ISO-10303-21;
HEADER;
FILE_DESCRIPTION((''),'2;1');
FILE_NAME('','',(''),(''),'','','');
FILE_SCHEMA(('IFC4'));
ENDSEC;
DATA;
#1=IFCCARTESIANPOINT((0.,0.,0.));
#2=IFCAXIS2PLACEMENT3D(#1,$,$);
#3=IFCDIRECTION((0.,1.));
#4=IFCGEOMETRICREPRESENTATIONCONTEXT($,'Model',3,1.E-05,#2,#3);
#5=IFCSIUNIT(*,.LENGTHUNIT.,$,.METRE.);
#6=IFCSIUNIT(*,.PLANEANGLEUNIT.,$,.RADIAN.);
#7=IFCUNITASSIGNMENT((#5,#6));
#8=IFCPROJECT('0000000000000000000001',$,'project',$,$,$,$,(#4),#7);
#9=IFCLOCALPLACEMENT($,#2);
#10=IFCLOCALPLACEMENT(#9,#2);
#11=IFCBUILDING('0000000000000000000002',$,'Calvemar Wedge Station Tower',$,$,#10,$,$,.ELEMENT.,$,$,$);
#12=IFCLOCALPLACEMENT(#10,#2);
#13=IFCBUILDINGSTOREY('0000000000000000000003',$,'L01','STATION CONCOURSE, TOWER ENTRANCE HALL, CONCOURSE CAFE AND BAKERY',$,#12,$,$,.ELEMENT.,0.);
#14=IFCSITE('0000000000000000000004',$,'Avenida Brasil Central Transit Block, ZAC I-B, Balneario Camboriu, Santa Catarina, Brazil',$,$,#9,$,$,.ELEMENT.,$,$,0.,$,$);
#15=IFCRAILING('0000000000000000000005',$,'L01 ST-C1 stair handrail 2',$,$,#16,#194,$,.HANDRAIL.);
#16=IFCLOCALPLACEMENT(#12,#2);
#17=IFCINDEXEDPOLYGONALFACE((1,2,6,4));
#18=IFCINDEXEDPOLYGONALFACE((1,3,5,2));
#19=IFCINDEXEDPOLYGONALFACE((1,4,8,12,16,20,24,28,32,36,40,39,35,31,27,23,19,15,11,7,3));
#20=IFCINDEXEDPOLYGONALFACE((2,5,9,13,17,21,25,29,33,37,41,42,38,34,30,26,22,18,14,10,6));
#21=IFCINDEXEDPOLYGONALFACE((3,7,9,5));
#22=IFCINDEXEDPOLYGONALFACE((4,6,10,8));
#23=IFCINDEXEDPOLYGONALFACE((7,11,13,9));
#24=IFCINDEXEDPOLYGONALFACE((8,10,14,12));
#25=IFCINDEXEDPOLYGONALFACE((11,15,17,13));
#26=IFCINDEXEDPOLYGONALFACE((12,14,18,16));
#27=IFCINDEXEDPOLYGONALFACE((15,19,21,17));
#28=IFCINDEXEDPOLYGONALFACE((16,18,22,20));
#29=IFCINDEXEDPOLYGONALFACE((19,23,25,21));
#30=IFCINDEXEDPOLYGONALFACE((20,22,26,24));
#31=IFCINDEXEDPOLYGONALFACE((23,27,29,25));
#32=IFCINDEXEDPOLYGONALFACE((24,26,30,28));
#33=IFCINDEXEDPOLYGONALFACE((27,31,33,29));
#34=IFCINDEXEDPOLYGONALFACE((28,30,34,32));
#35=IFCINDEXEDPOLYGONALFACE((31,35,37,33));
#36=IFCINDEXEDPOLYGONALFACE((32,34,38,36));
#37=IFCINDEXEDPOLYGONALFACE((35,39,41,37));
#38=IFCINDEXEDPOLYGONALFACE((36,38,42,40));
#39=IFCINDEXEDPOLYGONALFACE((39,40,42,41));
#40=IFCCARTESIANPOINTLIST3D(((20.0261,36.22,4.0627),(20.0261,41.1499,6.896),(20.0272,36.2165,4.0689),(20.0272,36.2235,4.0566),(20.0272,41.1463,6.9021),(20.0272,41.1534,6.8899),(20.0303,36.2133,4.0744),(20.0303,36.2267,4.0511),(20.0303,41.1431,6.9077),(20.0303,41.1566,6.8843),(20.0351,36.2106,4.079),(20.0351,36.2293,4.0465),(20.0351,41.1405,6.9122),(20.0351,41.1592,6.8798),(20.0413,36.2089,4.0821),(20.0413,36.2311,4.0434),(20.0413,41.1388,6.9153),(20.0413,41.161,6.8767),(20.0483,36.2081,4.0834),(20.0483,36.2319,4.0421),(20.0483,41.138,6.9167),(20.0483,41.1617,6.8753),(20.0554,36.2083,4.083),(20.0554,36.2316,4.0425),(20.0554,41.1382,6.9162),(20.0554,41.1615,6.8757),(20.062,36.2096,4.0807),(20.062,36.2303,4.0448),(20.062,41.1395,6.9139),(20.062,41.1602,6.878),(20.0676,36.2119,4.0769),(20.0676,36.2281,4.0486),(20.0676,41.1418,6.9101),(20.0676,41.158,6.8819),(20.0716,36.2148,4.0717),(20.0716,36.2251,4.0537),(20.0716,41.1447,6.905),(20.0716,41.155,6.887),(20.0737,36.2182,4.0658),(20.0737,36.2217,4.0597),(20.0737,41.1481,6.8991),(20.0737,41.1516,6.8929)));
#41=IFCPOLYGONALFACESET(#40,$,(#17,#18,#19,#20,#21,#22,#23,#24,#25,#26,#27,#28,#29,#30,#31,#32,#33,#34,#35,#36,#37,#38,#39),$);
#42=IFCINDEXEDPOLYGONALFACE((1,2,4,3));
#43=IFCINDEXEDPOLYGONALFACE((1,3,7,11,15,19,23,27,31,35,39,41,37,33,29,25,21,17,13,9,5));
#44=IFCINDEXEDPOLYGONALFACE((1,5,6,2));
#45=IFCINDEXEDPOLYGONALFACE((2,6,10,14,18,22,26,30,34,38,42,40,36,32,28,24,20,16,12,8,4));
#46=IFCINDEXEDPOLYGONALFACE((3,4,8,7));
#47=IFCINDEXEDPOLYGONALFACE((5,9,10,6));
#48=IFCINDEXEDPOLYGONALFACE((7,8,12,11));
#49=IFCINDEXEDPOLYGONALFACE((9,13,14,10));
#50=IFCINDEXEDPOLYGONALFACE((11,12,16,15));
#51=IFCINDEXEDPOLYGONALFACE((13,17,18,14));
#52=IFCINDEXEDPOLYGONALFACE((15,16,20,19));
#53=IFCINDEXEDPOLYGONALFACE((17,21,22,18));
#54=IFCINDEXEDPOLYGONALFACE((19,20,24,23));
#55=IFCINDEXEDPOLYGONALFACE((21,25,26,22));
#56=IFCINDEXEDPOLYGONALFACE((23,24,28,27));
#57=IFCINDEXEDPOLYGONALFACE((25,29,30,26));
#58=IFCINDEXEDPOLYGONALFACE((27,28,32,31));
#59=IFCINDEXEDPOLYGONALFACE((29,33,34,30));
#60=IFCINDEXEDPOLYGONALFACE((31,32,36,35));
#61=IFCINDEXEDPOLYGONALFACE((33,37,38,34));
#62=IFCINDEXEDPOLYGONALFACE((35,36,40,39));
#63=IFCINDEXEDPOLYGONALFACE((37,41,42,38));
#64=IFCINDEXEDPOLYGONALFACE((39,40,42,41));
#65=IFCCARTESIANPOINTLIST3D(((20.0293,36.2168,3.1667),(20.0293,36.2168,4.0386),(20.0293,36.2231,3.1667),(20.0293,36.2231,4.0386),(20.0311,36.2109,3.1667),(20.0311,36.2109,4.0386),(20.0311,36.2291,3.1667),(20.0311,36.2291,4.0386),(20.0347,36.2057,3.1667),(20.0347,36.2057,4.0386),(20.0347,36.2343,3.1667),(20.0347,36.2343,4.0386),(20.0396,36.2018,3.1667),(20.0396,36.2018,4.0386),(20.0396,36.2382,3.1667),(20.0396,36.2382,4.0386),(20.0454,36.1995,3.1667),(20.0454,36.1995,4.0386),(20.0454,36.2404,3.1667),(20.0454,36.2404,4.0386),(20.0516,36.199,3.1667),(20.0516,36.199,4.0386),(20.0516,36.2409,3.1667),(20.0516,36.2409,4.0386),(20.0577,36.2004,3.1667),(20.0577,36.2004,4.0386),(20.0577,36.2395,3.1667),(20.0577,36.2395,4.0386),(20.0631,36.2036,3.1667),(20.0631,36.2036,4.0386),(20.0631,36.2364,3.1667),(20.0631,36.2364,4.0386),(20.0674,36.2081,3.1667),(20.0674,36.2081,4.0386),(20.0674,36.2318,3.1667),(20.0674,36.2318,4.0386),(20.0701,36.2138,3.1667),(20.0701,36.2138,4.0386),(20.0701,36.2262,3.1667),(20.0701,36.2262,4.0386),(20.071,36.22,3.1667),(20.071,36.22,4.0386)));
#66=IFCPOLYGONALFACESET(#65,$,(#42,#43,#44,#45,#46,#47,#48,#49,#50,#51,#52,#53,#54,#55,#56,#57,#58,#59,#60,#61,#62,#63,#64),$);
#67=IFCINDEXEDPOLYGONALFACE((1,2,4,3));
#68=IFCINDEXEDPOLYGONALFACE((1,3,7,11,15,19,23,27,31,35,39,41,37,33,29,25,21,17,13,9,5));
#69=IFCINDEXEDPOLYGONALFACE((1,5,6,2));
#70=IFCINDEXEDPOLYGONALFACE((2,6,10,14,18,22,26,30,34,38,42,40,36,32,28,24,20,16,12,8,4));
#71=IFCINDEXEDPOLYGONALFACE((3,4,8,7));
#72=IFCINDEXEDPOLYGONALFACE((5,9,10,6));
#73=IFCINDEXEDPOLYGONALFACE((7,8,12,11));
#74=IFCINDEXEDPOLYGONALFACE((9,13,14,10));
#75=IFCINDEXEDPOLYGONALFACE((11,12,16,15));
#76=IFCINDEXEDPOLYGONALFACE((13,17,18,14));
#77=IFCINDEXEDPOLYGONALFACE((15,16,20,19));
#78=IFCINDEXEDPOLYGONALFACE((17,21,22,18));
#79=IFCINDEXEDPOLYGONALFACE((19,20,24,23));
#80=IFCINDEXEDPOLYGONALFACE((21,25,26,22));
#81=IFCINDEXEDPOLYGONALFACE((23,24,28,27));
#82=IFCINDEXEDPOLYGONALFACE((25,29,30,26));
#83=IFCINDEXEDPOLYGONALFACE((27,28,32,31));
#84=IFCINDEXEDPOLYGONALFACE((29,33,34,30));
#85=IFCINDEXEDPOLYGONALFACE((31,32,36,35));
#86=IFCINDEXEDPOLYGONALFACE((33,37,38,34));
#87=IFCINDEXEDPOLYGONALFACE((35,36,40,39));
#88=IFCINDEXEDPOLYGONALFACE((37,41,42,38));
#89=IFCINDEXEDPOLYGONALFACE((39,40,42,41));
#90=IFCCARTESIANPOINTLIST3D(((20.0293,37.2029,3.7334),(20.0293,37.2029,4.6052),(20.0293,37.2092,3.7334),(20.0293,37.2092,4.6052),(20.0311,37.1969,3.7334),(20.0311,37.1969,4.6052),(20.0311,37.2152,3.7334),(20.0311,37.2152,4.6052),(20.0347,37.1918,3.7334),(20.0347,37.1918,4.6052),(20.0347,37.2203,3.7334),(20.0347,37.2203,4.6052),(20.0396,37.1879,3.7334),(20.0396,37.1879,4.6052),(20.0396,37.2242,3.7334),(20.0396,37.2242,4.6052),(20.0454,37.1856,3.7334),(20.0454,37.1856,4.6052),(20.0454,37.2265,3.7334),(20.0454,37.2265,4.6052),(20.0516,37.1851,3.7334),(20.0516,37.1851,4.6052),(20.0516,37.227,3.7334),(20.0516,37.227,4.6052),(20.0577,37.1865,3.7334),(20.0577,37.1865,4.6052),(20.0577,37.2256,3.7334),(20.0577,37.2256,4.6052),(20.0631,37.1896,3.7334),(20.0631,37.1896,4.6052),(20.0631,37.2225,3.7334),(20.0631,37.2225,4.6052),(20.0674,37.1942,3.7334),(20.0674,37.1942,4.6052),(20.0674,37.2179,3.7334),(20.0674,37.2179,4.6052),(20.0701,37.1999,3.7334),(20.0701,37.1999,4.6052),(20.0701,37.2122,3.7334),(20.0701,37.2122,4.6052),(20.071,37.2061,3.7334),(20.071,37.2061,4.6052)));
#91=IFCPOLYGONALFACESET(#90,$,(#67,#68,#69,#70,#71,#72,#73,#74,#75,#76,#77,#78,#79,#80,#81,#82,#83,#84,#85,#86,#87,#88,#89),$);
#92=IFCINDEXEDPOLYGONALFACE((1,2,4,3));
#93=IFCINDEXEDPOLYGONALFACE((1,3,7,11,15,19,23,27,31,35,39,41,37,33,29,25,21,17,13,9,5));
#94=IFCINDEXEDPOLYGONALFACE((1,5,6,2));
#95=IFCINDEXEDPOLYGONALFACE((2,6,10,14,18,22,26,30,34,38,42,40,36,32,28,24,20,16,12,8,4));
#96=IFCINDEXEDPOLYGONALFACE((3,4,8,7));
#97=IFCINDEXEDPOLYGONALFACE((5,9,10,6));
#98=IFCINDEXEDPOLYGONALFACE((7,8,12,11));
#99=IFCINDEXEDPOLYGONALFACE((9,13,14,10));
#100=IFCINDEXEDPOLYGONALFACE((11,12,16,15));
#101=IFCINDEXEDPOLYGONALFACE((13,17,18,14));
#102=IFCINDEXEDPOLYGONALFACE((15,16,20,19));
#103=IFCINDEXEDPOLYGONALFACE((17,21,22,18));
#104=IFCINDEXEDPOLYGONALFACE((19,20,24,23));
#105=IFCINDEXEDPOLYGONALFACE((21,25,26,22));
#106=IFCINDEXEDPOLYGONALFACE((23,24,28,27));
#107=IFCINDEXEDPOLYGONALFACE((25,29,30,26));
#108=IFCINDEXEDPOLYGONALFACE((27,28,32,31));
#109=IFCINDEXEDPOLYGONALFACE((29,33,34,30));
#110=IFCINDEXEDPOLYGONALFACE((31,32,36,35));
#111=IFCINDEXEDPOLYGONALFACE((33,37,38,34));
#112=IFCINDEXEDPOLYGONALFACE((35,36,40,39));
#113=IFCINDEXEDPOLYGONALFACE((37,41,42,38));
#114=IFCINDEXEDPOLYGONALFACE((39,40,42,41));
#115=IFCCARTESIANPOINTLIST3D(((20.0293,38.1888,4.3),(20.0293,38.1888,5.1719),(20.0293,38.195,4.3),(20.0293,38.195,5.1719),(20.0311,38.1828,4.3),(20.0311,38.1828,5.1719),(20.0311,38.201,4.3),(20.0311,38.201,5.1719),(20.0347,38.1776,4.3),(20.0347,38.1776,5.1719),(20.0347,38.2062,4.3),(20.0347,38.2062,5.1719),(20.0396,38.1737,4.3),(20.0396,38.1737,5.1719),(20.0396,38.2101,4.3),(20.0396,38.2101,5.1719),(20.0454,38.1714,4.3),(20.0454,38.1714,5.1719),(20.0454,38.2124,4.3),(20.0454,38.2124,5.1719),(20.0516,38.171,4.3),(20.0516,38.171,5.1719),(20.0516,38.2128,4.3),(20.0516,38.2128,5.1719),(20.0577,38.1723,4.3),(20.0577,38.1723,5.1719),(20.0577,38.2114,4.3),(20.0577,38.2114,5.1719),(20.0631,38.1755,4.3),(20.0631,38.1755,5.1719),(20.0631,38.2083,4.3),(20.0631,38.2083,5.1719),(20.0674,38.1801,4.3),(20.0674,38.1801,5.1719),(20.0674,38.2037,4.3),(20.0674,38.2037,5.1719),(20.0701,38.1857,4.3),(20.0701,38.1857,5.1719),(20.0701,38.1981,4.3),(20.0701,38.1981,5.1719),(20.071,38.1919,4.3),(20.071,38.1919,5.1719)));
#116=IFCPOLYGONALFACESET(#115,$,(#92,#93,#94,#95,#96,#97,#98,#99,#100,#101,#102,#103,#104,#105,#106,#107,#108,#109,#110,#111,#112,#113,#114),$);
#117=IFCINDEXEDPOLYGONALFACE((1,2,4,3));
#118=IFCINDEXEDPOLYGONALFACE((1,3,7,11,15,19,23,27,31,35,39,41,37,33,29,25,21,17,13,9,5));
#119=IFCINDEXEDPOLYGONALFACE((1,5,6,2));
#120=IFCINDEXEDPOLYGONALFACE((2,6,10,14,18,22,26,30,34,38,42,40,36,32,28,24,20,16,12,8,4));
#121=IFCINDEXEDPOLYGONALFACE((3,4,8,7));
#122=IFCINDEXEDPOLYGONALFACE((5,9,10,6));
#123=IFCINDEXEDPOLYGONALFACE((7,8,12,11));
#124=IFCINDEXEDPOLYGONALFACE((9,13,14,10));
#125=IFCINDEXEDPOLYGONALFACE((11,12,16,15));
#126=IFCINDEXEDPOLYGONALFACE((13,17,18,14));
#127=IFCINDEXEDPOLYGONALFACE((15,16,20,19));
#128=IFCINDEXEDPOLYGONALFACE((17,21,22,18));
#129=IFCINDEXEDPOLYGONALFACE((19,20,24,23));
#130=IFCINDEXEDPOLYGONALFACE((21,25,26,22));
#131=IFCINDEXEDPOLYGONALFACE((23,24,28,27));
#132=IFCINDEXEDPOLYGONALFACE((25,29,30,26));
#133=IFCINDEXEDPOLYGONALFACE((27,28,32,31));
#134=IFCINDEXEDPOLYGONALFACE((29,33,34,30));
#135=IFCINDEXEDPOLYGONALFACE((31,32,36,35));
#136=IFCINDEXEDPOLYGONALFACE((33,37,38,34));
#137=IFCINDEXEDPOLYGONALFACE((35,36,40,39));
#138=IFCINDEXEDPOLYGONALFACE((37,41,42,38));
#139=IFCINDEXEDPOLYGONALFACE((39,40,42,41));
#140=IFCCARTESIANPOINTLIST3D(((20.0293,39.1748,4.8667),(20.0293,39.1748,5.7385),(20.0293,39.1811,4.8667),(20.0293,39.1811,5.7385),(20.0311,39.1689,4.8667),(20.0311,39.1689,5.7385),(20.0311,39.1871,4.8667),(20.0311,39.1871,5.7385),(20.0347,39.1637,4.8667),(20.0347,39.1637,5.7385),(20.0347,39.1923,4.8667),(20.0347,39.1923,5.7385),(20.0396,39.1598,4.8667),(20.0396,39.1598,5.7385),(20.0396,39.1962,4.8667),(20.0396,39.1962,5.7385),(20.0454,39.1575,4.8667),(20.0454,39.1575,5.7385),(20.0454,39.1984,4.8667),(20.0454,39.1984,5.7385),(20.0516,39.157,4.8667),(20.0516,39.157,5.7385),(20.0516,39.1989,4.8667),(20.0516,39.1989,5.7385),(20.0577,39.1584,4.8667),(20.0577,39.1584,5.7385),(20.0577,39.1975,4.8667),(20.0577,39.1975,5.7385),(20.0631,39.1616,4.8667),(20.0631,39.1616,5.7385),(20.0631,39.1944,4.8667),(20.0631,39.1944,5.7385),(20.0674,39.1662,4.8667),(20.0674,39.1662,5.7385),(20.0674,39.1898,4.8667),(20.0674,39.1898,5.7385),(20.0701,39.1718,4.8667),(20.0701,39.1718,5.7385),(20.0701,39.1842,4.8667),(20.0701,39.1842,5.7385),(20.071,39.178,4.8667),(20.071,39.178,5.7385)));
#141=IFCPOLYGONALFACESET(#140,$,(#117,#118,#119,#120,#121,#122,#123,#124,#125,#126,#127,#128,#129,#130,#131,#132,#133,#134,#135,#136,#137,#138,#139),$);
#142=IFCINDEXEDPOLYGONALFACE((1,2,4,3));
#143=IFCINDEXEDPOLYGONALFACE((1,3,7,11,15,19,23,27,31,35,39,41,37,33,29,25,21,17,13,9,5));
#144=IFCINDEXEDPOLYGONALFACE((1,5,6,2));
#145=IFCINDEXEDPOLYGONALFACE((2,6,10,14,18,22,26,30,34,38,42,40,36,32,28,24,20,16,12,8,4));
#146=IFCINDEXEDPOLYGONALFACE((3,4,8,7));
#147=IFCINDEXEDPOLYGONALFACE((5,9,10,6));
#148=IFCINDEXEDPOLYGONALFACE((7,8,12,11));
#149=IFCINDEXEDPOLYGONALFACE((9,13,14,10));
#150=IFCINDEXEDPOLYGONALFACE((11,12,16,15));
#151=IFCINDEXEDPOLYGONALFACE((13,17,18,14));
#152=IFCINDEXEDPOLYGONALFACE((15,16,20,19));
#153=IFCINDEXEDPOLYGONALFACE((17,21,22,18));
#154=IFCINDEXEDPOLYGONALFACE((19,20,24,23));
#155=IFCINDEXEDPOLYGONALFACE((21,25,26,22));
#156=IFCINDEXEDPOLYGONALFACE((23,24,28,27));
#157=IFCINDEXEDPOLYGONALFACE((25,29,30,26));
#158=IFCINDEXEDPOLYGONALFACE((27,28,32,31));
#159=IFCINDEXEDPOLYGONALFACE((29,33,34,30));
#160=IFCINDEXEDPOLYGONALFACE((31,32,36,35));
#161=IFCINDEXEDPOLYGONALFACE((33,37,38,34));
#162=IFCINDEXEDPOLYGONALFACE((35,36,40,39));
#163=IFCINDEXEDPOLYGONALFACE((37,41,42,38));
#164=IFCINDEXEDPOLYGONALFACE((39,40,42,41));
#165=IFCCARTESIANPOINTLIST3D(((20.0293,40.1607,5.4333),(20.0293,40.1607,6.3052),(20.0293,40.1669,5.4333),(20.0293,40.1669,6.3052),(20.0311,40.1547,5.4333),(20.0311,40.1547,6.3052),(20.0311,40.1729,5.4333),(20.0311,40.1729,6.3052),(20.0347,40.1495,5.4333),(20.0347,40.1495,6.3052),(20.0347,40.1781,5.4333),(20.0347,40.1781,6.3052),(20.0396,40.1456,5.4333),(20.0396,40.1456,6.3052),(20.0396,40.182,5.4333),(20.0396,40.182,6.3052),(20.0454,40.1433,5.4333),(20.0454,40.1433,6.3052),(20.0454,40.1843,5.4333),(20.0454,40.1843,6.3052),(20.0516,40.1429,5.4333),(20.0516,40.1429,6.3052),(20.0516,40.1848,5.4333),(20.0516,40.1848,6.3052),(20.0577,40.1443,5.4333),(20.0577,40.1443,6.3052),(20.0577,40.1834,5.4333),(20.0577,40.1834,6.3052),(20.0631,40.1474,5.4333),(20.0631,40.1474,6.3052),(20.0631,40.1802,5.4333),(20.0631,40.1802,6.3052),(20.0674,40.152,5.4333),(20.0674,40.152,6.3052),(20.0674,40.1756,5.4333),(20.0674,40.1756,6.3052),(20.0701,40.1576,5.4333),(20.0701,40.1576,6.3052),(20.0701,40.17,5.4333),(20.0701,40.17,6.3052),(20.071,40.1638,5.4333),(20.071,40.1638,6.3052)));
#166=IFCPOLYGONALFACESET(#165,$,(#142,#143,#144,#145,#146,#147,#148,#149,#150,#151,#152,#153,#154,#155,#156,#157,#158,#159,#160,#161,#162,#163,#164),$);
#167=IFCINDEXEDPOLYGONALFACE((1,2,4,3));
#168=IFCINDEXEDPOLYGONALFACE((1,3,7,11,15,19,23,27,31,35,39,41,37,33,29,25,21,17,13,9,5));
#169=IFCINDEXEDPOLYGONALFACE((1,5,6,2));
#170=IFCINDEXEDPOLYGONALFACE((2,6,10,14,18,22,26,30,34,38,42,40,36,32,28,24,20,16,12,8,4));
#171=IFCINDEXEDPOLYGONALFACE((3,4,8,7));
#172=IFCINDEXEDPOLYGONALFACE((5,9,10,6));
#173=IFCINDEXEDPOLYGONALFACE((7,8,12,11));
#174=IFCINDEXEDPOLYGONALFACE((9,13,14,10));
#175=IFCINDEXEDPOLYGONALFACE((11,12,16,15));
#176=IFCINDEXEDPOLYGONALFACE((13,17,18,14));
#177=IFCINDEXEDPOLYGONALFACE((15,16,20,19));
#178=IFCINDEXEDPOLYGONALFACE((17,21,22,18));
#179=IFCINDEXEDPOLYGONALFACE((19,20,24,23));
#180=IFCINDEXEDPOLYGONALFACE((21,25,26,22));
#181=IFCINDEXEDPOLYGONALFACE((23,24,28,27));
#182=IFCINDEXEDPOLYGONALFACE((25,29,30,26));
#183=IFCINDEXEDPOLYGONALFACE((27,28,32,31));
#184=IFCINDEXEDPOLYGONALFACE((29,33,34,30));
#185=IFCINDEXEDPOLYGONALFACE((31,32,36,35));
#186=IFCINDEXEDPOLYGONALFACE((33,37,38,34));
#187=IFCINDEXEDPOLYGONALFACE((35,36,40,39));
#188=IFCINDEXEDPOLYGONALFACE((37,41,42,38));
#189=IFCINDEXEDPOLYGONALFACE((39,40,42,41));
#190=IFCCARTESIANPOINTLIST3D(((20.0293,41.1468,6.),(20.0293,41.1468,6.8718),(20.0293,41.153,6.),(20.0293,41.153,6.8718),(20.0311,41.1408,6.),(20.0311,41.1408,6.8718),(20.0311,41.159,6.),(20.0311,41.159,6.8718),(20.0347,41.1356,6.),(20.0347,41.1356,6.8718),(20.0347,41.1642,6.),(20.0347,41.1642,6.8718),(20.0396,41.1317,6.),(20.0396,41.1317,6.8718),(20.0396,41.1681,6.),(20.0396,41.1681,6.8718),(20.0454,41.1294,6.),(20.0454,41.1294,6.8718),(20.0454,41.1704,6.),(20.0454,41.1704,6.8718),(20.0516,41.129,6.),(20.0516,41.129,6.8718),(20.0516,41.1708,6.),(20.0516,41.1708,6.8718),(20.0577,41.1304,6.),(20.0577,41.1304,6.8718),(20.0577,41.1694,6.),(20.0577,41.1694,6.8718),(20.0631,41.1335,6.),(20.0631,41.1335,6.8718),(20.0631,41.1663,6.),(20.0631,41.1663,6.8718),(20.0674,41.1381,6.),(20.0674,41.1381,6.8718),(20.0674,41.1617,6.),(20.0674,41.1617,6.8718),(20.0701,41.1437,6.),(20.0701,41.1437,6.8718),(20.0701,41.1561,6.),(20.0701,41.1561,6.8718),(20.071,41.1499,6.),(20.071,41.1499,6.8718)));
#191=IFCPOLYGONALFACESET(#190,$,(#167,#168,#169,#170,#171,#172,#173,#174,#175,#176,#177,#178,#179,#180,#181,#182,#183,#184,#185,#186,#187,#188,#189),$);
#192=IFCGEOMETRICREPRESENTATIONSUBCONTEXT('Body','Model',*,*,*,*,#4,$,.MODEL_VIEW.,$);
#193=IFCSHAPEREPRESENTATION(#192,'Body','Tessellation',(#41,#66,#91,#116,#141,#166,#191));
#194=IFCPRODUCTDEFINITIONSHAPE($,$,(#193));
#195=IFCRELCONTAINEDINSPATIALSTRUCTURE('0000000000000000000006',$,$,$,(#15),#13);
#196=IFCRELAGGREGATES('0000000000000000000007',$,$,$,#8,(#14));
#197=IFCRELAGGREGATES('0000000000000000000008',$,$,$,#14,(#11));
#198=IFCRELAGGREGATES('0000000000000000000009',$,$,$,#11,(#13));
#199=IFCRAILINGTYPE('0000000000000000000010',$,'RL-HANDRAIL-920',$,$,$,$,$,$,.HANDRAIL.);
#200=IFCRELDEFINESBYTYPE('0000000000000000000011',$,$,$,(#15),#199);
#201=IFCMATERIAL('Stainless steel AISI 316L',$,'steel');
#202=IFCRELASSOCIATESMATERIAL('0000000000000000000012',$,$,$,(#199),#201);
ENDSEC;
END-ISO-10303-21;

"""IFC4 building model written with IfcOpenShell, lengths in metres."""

from ifc_helpers import new_model, si_unit, direction, frame, origin, origin_2d, place, context, subcontext, project, spatial, circle, extrude, material, type_object, element, save


model = new_model("IFC4")

# Units and contexts
model_context = context("Model", 3, precision=1e-05, world=origin(), true_north=direction((0.0, 1.0)))
body_context = subcontext(model_context, "Body", "Model", "MODEL_VIEW")
ifc_project = project(units=[si_unit("LENGTHUNIT", "METRE"), si_unit("PLANEANGLEUNIT", "RADIAN")], contexts=[model_context])

# Site, building, storey
site_placement = place(None, origin())
site = spatial("IfcSite", under=ifc_project, at=site_placement, Name="Avenida Brasil Central Transit Block, ZAC I-B, Balneario Camboriu, Santa Catarina, Brazil", CompositionType="ELEMENT", RefElevation=0.0)
building_placement = place(site_placement, origin())
building = spatial("IfcBuilding", under=site, at=building_placement, Name="Calvemar Wedge Station Tower", CompositionType="ELEMENT")
storey_placement = place(building_placement, origin())
storey = spatial("IfcBuildingStorey", under=building, at=storey_placement, Name="L01", Description="STATION CONCOURSE, TOWER ENTRANCE HALL, CONCOURSE CAFE AND BAKERY", CompositionType="ELEMENT", Elevation=0.0)

# Railing
ifc_material_1 = material(Name="Stainless steel AISI 316L", Category="steel")
railing_type_1 = type_object("IfcRailingType", Name="RL-HANDRAIL-920", PredefinedType="HANDRAIL", material=ifc_material_1)
railing_1_placement = place(storey_placement, frame((20.05, 36.22, 3.1667)))
element("IfcRailing", 1, at=railing_1_placement, inside=storey, type_object=railing_type_1, Name="L01 ST-C1 stair handrail 2", PredefinedType="HANDRAIL", context=body_context, shape_type="SweptSolid", body=[
    extrude(circle(Radius=0.0239, at=origin_2d()), frame((0.0, 0.0, 0.896), z_axis=(0.0, 0.867017, 0.498278), x_axis=(-1.0, 0.0, 0.0)), (0.0, 0.0, 1.0), 5.686),
    extrude(circle(Radius=0.021, at=origin_2d()), origin(), (0.0, 0.0, 1.0), 0.8718),
    extrude(circle(Radius=0.021, at=origin_2d()), frame((0.0, 0.9861, 0.5667)), (0.0, 0.0, 1.0), 0.8718),
    extrude(circle(Radius=0.021, at=origin_2d()), frame((0.0, 1.9719, 1.1333)), (0.0, 0.0, 1.0), 0.8718),
    extrude(circle(Radius=0.021, at=origin_2d()), frame((0.0, 2.958, 1.7)), (0.0, 0.0, 1.0), 0.8718),
    extrude(circle(Radius=0.021, at=origin_2d()), frame((0.0, 3.9438, 2.2666)), (0.0, 0.0, 1.0), 0.8718),
    extrude(circle(Radius=0.021, at=origin_2d()), frame((0.0, 4.9299, 2.8333)), (0.0, 0.0, 1.0), 0.8718),
])

save(model, "model.ifc")
